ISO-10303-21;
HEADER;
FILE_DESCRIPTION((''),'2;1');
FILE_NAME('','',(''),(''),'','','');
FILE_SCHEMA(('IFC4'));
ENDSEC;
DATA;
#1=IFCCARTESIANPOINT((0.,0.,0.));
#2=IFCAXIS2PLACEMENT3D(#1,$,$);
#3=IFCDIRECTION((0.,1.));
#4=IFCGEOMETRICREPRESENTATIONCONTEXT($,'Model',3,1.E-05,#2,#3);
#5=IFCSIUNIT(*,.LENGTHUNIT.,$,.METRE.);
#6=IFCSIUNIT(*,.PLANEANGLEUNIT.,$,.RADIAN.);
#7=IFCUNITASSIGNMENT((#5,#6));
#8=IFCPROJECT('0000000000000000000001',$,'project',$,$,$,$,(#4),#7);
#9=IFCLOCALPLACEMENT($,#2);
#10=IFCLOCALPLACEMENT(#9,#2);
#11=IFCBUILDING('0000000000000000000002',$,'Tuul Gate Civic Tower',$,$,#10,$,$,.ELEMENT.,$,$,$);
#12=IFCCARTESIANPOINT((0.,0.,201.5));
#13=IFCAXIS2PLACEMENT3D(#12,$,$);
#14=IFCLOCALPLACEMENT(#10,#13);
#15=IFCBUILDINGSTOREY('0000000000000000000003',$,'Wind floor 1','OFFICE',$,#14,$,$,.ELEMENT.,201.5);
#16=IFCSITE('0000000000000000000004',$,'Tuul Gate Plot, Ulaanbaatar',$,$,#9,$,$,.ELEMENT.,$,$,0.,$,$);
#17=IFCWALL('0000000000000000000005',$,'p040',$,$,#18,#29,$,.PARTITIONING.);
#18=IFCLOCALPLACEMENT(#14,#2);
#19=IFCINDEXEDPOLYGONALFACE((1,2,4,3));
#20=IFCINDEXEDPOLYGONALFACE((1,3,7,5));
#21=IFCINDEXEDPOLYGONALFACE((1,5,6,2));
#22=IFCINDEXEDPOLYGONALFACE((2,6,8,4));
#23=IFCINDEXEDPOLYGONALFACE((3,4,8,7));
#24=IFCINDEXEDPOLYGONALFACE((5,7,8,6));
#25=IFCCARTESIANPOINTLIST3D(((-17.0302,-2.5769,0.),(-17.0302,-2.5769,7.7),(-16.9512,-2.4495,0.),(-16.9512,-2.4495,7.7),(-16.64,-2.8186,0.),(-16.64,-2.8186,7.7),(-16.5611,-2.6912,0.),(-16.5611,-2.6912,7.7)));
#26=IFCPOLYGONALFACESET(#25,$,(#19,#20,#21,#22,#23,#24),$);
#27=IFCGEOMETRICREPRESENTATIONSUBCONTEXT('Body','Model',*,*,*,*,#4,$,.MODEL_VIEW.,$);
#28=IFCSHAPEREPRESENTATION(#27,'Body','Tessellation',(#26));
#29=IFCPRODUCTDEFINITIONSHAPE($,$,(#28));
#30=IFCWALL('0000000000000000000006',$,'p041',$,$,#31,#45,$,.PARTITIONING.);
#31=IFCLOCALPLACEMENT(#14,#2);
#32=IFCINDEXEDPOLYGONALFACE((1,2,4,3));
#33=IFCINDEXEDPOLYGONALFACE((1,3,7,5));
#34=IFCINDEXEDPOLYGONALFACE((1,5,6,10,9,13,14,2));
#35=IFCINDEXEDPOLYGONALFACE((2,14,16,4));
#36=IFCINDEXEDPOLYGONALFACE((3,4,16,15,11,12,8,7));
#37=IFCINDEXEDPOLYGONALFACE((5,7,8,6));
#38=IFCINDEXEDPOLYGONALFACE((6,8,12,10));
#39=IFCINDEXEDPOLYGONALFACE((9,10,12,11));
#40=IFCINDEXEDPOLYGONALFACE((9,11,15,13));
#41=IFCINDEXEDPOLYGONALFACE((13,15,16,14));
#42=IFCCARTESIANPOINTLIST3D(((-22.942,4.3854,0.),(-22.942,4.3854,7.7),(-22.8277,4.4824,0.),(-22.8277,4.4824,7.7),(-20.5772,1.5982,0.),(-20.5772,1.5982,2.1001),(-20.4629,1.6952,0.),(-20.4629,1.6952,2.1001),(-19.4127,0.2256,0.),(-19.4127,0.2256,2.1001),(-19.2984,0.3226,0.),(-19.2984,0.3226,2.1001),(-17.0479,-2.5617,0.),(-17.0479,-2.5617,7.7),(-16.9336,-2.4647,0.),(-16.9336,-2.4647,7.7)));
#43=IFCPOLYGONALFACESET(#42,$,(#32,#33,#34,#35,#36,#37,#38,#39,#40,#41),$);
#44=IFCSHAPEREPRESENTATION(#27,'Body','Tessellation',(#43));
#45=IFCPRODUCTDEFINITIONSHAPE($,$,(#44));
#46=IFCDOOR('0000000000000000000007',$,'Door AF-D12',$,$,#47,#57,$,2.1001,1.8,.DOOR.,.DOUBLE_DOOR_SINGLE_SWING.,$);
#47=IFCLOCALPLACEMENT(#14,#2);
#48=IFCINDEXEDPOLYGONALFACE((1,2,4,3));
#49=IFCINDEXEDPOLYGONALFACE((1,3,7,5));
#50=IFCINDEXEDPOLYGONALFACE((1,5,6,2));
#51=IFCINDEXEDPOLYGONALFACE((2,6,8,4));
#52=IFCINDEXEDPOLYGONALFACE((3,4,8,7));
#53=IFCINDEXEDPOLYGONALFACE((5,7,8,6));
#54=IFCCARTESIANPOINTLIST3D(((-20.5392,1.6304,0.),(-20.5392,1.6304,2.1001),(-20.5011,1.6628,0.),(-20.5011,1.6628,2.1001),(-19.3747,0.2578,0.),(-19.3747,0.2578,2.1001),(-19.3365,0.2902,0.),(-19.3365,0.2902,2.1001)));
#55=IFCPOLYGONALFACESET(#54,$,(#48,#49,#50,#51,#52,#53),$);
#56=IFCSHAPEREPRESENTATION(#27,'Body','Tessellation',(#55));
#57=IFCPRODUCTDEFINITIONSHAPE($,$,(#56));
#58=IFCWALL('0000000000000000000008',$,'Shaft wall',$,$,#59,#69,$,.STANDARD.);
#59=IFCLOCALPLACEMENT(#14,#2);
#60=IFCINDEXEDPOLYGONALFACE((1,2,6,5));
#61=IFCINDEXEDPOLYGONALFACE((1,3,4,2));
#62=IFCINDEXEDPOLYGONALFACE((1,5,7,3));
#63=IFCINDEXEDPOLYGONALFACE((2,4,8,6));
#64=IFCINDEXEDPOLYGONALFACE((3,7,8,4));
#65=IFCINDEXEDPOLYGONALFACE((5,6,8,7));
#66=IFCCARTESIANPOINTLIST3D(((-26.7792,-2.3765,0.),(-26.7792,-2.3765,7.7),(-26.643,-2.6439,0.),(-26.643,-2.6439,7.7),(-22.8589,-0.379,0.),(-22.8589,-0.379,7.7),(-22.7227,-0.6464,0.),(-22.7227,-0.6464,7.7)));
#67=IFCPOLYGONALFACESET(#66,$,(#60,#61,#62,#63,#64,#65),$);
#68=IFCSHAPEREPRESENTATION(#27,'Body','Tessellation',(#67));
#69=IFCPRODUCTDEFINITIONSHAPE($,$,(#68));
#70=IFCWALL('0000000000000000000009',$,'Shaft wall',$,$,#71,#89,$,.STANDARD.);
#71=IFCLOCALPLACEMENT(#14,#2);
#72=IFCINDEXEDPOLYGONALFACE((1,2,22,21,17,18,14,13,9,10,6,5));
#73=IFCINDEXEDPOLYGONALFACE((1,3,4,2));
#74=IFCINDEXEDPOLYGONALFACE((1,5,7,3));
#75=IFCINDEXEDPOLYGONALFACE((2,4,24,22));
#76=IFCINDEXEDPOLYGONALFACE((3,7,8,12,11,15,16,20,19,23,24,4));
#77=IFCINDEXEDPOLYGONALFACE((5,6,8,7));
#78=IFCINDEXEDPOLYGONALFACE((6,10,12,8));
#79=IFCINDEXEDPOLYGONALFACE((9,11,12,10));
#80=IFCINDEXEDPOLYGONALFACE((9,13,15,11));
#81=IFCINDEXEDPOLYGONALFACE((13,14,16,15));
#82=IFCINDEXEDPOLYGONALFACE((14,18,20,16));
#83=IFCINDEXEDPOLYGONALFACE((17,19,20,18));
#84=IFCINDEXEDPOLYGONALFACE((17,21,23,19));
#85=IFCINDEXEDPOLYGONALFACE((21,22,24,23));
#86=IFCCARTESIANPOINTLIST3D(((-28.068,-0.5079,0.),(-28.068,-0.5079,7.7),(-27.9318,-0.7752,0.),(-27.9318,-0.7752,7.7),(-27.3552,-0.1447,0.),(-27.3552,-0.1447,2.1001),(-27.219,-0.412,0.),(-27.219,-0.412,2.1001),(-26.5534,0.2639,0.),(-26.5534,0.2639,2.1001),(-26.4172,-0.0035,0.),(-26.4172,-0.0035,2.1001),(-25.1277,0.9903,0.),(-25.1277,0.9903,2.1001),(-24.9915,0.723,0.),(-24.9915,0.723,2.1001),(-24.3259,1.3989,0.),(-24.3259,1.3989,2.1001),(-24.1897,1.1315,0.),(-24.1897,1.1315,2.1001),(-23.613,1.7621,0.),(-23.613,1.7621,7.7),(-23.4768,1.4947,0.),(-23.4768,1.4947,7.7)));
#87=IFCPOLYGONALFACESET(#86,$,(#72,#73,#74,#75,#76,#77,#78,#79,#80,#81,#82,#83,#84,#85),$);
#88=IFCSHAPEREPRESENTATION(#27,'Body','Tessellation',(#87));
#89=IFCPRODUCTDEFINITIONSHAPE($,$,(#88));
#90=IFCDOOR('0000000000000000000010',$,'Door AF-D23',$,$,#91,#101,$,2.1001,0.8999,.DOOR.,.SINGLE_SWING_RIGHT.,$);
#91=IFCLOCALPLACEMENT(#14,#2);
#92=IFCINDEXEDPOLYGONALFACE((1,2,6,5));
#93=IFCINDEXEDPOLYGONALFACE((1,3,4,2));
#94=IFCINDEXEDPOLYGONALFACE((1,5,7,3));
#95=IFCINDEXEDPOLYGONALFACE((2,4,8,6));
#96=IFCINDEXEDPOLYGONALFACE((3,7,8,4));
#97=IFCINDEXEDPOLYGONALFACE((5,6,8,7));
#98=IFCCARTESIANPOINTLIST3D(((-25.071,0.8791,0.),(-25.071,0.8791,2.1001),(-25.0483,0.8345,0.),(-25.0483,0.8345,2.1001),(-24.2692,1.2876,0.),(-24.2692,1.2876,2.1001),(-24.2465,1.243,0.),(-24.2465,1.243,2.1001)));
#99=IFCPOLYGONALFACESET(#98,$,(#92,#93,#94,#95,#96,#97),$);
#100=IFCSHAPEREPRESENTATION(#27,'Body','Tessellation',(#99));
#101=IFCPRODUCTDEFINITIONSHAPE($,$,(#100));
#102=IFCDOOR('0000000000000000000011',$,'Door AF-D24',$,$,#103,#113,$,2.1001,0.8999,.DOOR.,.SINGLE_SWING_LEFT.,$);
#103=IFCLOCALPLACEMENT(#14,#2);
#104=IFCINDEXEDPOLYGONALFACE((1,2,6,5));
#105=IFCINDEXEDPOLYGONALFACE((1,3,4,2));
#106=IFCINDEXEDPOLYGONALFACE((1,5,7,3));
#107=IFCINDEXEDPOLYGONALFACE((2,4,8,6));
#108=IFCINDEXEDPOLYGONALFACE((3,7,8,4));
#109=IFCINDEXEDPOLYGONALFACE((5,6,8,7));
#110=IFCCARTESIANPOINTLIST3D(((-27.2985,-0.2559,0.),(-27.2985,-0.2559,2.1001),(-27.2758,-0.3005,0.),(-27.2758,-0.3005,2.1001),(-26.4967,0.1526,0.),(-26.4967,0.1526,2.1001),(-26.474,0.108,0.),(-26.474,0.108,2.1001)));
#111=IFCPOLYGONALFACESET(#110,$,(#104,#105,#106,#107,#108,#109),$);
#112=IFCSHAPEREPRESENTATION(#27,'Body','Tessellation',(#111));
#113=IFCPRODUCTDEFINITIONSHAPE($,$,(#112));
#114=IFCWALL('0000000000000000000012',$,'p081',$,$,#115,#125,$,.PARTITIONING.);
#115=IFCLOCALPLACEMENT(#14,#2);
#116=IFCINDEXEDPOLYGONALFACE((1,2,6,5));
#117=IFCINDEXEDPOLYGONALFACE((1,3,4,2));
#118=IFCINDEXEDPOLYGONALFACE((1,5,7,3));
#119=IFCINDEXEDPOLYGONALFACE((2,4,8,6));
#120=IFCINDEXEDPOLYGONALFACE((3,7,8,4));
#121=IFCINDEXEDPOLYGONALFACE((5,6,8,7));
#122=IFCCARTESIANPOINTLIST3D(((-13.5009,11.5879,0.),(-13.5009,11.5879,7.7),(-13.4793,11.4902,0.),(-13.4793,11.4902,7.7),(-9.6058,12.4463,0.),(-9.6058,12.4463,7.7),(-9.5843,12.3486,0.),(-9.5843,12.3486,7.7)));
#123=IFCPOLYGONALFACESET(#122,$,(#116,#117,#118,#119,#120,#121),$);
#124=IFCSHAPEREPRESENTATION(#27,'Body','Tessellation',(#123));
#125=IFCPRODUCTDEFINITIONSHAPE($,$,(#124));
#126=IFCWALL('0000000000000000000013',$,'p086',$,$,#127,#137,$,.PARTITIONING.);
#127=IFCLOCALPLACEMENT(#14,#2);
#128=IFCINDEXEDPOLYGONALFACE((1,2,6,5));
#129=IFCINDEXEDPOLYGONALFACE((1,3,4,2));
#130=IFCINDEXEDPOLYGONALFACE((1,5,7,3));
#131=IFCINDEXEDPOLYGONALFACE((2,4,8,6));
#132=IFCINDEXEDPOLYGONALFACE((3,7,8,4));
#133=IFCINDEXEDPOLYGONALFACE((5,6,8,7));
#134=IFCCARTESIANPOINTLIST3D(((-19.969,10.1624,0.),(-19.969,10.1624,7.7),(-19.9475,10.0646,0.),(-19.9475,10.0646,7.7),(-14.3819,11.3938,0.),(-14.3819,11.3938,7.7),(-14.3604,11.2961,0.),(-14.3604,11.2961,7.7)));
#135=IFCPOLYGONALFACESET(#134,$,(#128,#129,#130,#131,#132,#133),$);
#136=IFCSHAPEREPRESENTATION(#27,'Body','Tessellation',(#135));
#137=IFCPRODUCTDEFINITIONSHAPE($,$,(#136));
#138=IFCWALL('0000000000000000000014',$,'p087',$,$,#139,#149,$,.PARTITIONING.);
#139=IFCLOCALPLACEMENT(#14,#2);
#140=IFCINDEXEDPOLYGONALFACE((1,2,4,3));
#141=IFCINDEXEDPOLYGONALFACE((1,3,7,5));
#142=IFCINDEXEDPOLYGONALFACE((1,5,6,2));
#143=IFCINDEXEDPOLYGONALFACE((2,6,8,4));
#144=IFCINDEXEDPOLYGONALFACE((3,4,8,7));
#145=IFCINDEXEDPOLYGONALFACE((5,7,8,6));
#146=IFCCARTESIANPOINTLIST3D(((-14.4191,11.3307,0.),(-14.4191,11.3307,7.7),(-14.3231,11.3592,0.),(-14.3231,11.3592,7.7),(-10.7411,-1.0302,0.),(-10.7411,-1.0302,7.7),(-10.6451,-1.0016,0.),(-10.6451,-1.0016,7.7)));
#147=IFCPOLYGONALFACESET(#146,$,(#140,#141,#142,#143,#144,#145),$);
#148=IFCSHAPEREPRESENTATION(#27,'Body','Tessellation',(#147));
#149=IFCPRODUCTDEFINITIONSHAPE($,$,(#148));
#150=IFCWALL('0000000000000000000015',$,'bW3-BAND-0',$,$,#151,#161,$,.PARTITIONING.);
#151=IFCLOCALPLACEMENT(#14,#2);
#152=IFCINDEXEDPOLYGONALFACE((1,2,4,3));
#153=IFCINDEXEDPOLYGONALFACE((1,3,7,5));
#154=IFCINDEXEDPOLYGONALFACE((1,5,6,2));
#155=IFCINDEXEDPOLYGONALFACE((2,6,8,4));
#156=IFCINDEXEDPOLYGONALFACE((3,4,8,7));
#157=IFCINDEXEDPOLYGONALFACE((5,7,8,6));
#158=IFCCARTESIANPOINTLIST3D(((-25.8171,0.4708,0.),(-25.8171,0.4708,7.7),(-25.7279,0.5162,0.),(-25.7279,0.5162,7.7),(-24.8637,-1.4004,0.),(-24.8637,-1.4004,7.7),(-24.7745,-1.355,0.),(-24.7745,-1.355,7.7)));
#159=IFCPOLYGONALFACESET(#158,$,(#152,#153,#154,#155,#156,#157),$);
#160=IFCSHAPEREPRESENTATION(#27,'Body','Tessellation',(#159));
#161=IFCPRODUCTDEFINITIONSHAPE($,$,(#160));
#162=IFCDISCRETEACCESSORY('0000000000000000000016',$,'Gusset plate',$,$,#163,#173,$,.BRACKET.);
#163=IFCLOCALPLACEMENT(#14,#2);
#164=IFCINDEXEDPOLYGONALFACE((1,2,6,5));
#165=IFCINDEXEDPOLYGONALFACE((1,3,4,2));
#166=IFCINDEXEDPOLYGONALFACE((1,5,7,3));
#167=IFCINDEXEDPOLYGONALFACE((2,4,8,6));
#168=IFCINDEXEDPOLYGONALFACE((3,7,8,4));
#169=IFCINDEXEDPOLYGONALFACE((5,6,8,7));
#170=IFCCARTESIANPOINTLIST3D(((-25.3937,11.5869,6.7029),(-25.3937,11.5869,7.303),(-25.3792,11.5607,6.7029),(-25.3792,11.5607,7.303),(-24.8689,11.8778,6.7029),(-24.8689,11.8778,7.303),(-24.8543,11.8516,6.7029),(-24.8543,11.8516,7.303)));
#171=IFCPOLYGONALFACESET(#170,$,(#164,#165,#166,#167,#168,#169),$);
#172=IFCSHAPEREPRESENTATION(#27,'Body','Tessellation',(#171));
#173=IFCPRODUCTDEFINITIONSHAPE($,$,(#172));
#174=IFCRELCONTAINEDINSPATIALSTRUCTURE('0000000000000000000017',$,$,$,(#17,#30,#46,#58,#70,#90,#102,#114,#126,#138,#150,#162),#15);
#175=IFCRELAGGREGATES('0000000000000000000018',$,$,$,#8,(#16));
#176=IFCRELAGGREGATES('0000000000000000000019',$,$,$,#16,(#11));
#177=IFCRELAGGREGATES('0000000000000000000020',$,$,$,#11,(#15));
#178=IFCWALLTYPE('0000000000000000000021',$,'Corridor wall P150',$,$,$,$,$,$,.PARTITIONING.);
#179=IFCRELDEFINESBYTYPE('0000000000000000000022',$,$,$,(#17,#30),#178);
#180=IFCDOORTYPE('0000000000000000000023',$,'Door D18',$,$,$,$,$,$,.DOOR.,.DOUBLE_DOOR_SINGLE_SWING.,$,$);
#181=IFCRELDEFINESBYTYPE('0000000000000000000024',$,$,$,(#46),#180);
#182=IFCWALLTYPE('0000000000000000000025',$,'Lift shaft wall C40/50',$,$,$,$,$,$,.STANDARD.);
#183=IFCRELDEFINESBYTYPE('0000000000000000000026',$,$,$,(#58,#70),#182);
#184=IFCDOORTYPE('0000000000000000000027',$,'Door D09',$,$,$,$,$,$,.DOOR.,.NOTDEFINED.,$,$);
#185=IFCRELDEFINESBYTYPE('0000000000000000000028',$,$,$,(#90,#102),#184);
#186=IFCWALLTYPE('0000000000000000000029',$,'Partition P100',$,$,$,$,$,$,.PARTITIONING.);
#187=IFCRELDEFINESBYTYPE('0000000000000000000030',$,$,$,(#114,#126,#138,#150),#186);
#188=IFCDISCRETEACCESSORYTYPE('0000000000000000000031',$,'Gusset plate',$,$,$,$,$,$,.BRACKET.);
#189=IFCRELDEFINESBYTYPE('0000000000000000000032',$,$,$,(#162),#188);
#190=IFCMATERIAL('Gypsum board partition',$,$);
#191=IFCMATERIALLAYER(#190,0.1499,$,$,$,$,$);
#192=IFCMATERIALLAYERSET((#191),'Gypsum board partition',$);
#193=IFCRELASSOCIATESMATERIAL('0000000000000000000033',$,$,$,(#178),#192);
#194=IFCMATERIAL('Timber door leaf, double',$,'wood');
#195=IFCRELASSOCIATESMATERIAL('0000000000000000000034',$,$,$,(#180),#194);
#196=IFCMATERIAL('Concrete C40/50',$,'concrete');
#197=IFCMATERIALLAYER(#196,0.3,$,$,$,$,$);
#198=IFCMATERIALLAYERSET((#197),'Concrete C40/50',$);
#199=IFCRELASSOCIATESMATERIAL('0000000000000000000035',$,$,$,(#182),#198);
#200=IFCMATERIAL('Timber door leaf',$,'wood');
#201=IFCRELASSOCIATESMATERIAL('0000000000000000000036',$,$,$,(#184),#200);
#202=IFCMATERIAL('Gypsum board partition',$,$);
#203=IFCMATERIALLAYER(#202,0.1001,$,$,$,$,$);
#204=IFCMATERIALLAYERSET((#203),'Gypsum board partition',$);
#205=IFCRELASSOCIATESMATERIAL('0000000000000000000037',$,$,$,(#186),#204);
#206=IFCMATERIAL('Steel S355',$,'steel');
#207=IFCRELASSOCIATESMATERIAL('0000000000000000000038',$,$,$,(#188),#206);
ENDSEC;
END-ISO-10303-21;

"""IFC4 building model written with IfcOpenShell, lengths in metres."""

from ifc_helpers import new_model, si_unit, direction, frame, frame_2d, origin, origin_2d, place, context, subcontext, project, spatial, rectangle, extrude, material, layer, layer_set, type_object, element, fill, save


model = new_model("IFC4")

# Units and contexts
model_context = context("Model", 3, precision=1e-05, world=origin(), true_north=direction((0.0, 1.0)))
body_context = subcontext(model_context, "Body", "Model", "MODEL_VIEW")
ifc_project = project(units=[si_unit("LENGTHUNIT", "METRE"), si_unit("PLANEANGLEUNIT", "RADIAN")], contexts=[model_context])

# Site, building, storey
site_placement = place(None, origin())
site = spatial("IfcSite", under=ifc_project, at=site_placement, Name="Tuul Gate Plot, Ulaanbaatar", CompositionType="ELEMENT", RefElevation=0.0)
building_placement = place(site_placement, origin())
building = spatial("IfcBuilding", under=site, at=building_placement, Name="Tuul Gate Civic Tower", CompositionType="ELEMENT")
storey_placement = place(building_placement, frame((0.0, 0.0, 201.5)))
storey = spatial("IfcBuildingStorey", under=building, at=storey_placement, Name="Wind floor 1", Description="OFFICE", CompositionType="ELEMENT", Elevation=201.5)

# Wall
ifc_material_1 = material(Name="Gypsum board partition")
ifc_layer_1 = layer(ifc_material_1, 0.1499)
ifc_layer_set_1 = layer_set([ifc_layer_1], Name="Gypsum board partition")
wall_type_1 = type_object("IfcWallType", Name="Corridor wall P150", PredefinedType="PARTITIONING", material=ifc_layer_set_1)
wall_1_placement = place(storey_placement, frame((-16.9907, -2.5132, 0.0), z_axis=(0.0, 0.0, 1.0), x_axis=(0.850084, -0.526648, 0.0)))
element("IfcWall", 1, at=wall_1_placement, inside=storey, type_object=wall_type_1, Name="p040", PredefinedType="PARTITIONING", context=body_context, shape_type="SweptSolid", body=[
    extrude(rectangle(XDim=0.459, YDim=0.1499, at=frame_2d((0.2295, 0.0))), origin(), (0.0, 0.0, 1.0), 7.7),
])

# Wall, opening, door
wall_2_placement = place(storey_placement, frame((-22.8848, 4.4338, 0.0), z_axis=(0.0, 0.0, 1.0), x_axis=(0.646952, -0.762531, 0.0)))
wall_2 = element("IfcWall", 2, at=wall_2_placement, inside=storey, type_object=wall_type_1, Name="p041", PredefinedType="PARTITIONING", context=body_context, shape_type="SweptSolid", body=[
    extrude(rectangle(XDim=9.1106, YDim=0.1499, at=frame_2d((4.5552, 0.0))), origin(), (0.0, 0.0, 1.0), 7.7),
])
opening_1_placement = place(wall_2_placement, frame((3.6553, 0.0, 0.0)))
opening_1 = element("IfcOpeningElement", 3, at=opening_1_placement, cuts=wall_2, PredefinedType="OPENING", context=body_context, shape_type="SweptSolid", body=[
    extrude(rectangle(XDim=1.8, YDim=2.1001, at=frame_2d((0.8999, 1.05))), frame((0.0, 0.085, 0.0), z_axis=(0.0, -1.0, 0.0), x_axis=(1.0, 0.0, 0.0)), (0.0, 0.0, 1.0), 0.1699),
])
ifc_material_2 = material(Name="Timber door leaf, double", Category="wood")
door_type_1 = type_object("IfcDoorType", Name="Door D18", OperationType="DOUBLE_DOOR_SINGLE_SWING", PredefinedType="DOOR", material=ifc_material_2)
door_1_placement = place(opening_1_placement, origin())
door_1 = element("IfcDoor", 4, at=door_1_placement, inside=storey, type_object=door_type_1, Name="Door AF-D12", OperationType="DOUBLE_DOOR_SINGLE_SWING", OverallHeight=2.1001, OverallWidth=1.8, PredefinedType="DOOR", context=body_context, shape_type="SweptSolid", body=[
    extrude(rectangle(XDim=1.8, YDim=2.1001, at=frame_2d((0.8999, 1.05))), frame((0.0, 0.0249, 0.0), z_axis=(0.0, -1.0, 0.0), x_axis=(1.0, 0.0, 0.0)), (0.0, 0.0, 1.0), 0.05),
])
fill(opening_1, door_1)

# Wall
ifc_material_3 = material(Name="Concrete C40/50", Category="concrete")
ifc_layer_2 = layer(ifc_material_3, 0.3)
ifc_layer_set_2 = layer_set([ifc_layer_2], Name="Concrete C40/50")
wall_type_2 = type_object("IfcWallType", Name="Lift shaft wall C40/50", PredefinedType="STANDARD", material=ifc_layer_set_2)
wall_3_placement = place(storey_placement, frame((-22.7908, -0.5127, 0.0), z_axis=(0.0, 0.0, 1.0), x_axis=(-0.891006, -0.453992, 0.0)))
element("IfcWall", 5, at=wall_3_placement, inside=storey, type_object=wall_type_2, Name="Shaft wall", PredefinedType="STANDARD", context=body_context, shape_type="SweptSolid", body=[
    extrude(rectangle(XDim=4.3999, YDim=0.3, at=frame_2d((2.2, 0.0))), origin(), (0.0, 0.0, 1.0), 7.7),
])

# Wall, openings, doors
wall_4_placement = place(storey_placement, frame((-23.5449, 1.6284, 0.0), z_axis=(0.0, 0.0, 1.0), x_axis=(-0.891003, -0.453997, 0.0)))
wall_4 = element("IfcWall", 6, at=wall_4_placement, inside=storey, type_object=wall_type_2, Name="Shaft wall", PredefinedType="STANDARD", context=body_context, shape_type="SweptSolid", body=[
    extrude(rectangle(XDim=5.0, YDim=0.3, at=frame_2d((2.5, 0.0))), origin(), (0.0, 0.0, 1.0), 7.7),
])
opening_2_placement = place(wall_4_placement, frame((0.8, 0.0, 0.0)))
opening_2 = element("IfcOpeningElement", 7, at=opening_2_placement, cuts=wall_4, PredefinedType="OPENING", context=body_context, shape_type="SweptSolid", body=[
    extrude(rectangle(XDim=0.8999, YDim=2.1001, at=frame_2d((0.45, 1.05))), frame((0.0, 0.1602, 0.0), z_axis=(0.0, -1.0, 0.0), x_axis=(1.0, 0.0, 0.0)), (0.0, 0.0, 1.0), 0.3201),
])
opening_3_placement = place(wall_4_placement, frame((3.3, 0.0, 0.0)))
opening_3 = element("IfcOpeningElement", 8, at=opening_3_placement, cuts=wall_4, PredefinedType="OPENING", context=body_context, shape_type="SweptSolid", body=[
    extrude(rectangle(XDim=0.8999, YDim=2.1001, at=frame_2d((0.45, 1.05))), frame((0.0, 0.1602, 0.0), z_axis=(0.0, -1.0, 0.0), x_axis=(1.0, 0.0, 0.0)), (0.0, 0.0, 1.0), 0.3201),
])
ifc_material_4 = material(Name="Timber door leaf", Category="wood")
door_type_2 = type_object("IfcDoorType", Name="Door D09", OperationType="NOTDEFINED", PredefinedType="DOOR", material=ifc_material_4)
door_2_placement = place(opening_2_placement, origin())
door_2 = element("IfcDoor", 9, at=door_2_placement, inside=storey, type_object=door_type_2, Name="Door AF-D23", OperationType="SINGLE_SWING_RIGHT", OverallHeight=2.1001, OverallWidth=0.8999, PredefinedType="DOOR", context=body_context, shape_type="SweptSolid", body=[
    extrude(rectangle(XDim=0.8999, YDim=2.1001, at=frame_2d((0.45, 1.05))), frame((0.0, 0.0249, 0.0), z_axis=(0.0, -1.0, 0.0), x_axis=(1.0, 0.0, 0.0)), (0.0, 0.0, 1.0), 0.05),
])
fill(opening_2, door_2)
door_3_placement = place(opening_3_placement, origin())
door_3 = element("IfcDoor", 10, at=door_3_placement, inside=storey, type_object=door_type_2, Name="Door AF-D24", OperationType="SINGLE_SWING_LEFT", OverallHeight=2.1001, OverallWidth=0.8999, PredefinedType="DOOR", context=body_context, shape_type="SweptSolid", body=[
    extrude(rectangle(XDim=0.8999, YDim=2.1001, at=frame_2d((0.45, 1.05))), frame((0.0, 0.0249, 0.0), z_axis=(0.0, -1.0, 0.0), x_axis=(1.0, 0.0, 0.0)), (0.0, 0.0, 1.0), 0.05),
])
fill(opening_3, door_3)

# Walls
ifc_material_5 = material(Name="Gypsum board partition")
ifc_layer_3 = layer(ifc_material_5, 0.1001)
ifc_layer_set_3 = layer_set([ifc_layer_3], Name="Gypsum board partition")
wall_type_3 = type_object("IfcWallType", Name="Partition P100", PredefinedType="PARTITIONING", material=ifc_layer_set_3)
wall_5_placement = place(storey_placement, frame((-13.49, 11.5391, 0.0), z_axis=(0.0, 0.0, 1.0), x_axis=(0.976566, 0.215219, 0.0)))
element("IfcWall", 11, at=wall_5_placement, inside=storey, type_object=wall_type_3, Name="p081", PredefinedType="PARTITIONING", context=body_context, shape_type="SweptSolid", body=[
    extrude(rectangle(XDim=3.9885, YDim=0.1001, at=frame_2d((1.9941, 0.0))), origin(), (0.0, 0.0, 1.0), 7.7),
])
wall_6_placement = place(storey_placement, frame((-19.9583, 10.1135, 0.0), z_axis=(0.0, 0.0, 1.0), x_axis=(0.976561, 0.21524, 0.0)))
element("IfcWall", 12, at=wall_6_placement, inside=storey, type_object=wall_type_3, Name="p086", PredefinedType="PARTITIONING", context=body_context, shape_type="SweptSolid", body=[
    extrude(rectangle(XDim=5.7212, YDim=0.1001, at=frame_2d((2.8606, 0.0))), origin(), (0.0, 0.0, 1.0), 7.7),
])
wall_7_placement = place(storey_placement, frame((-14.3711, 11.345, 0.0), z_axis=(0.0, 0.0, 1.0), x_axis=(0.285194, -0.95847, 0.0)))
element("IfcWall", 13, at=wall_7_placement, inside=storey, type_object=wall_type_3, Name="p087", PredefinedType="PARTITIONING", context=body_context, shape_type="SweptSolid", body=[
    extrude(rectangle(XDim=12.8965, YDim=0.1001, at=frame_2d((6.4482, 0.0))), origin(), (0.0, 0.0, 1.0), 7.7),
])
wall_8_placement = place(storey_placement, frame((-24.8191, -1.3777, 0.0), z_axis=(0.0, 0.0, 1.0), x_axis=(-0.45399, 0.891007, 0.0)))
element("IfcWall", 14, at=wall_8_placement, inside=storey, type_object=wall_type_3, Name="bW3-BAND-0", PredefinedType="PARTITIONING", context=body_context, shape_type="SweptSolid", body=[
    extrude(rectangle(XDim=2.1001, YDim=0.1001, at=frame_2d((1.05, 0.0))), origin(), (0.0, 0.0, 1.0), 7.7),
])

# Discrete accessory
ifc_material_6 = material(Name="Steel S355", Category="steel")
discrete_accessory_type = type_object("IfcDiscreteAccessoryType", Name="Gusset plate", PredefinedType="BRACKET", material=ifc_material_6)
for number, where, z_axis, x_axis, name in (
    (15, (-25.124, 11.7192, 6.7029), (0.0, 0.0, 1.0), (-0.874647, -0.48476, 0.0), "Gusset plate"),
):
    element("IfcDiscreteAccessory", number, at=place(storey_placement, frame(where, z_axis=z_axis, x_axis=x_axis)), inside=storey, type_object=discrete_accessory_type, Name=name, PredefinedType="BRACKET", context=body_context, shape_type="SweptSolid", body=[
        extrude(rectangle(XDim=0.6001, YDim=0.03, at=origin_2d()), origin(), (0.0, 0.0, 1.0), 0.6001),
    ])

save(model, "model.ifc")
